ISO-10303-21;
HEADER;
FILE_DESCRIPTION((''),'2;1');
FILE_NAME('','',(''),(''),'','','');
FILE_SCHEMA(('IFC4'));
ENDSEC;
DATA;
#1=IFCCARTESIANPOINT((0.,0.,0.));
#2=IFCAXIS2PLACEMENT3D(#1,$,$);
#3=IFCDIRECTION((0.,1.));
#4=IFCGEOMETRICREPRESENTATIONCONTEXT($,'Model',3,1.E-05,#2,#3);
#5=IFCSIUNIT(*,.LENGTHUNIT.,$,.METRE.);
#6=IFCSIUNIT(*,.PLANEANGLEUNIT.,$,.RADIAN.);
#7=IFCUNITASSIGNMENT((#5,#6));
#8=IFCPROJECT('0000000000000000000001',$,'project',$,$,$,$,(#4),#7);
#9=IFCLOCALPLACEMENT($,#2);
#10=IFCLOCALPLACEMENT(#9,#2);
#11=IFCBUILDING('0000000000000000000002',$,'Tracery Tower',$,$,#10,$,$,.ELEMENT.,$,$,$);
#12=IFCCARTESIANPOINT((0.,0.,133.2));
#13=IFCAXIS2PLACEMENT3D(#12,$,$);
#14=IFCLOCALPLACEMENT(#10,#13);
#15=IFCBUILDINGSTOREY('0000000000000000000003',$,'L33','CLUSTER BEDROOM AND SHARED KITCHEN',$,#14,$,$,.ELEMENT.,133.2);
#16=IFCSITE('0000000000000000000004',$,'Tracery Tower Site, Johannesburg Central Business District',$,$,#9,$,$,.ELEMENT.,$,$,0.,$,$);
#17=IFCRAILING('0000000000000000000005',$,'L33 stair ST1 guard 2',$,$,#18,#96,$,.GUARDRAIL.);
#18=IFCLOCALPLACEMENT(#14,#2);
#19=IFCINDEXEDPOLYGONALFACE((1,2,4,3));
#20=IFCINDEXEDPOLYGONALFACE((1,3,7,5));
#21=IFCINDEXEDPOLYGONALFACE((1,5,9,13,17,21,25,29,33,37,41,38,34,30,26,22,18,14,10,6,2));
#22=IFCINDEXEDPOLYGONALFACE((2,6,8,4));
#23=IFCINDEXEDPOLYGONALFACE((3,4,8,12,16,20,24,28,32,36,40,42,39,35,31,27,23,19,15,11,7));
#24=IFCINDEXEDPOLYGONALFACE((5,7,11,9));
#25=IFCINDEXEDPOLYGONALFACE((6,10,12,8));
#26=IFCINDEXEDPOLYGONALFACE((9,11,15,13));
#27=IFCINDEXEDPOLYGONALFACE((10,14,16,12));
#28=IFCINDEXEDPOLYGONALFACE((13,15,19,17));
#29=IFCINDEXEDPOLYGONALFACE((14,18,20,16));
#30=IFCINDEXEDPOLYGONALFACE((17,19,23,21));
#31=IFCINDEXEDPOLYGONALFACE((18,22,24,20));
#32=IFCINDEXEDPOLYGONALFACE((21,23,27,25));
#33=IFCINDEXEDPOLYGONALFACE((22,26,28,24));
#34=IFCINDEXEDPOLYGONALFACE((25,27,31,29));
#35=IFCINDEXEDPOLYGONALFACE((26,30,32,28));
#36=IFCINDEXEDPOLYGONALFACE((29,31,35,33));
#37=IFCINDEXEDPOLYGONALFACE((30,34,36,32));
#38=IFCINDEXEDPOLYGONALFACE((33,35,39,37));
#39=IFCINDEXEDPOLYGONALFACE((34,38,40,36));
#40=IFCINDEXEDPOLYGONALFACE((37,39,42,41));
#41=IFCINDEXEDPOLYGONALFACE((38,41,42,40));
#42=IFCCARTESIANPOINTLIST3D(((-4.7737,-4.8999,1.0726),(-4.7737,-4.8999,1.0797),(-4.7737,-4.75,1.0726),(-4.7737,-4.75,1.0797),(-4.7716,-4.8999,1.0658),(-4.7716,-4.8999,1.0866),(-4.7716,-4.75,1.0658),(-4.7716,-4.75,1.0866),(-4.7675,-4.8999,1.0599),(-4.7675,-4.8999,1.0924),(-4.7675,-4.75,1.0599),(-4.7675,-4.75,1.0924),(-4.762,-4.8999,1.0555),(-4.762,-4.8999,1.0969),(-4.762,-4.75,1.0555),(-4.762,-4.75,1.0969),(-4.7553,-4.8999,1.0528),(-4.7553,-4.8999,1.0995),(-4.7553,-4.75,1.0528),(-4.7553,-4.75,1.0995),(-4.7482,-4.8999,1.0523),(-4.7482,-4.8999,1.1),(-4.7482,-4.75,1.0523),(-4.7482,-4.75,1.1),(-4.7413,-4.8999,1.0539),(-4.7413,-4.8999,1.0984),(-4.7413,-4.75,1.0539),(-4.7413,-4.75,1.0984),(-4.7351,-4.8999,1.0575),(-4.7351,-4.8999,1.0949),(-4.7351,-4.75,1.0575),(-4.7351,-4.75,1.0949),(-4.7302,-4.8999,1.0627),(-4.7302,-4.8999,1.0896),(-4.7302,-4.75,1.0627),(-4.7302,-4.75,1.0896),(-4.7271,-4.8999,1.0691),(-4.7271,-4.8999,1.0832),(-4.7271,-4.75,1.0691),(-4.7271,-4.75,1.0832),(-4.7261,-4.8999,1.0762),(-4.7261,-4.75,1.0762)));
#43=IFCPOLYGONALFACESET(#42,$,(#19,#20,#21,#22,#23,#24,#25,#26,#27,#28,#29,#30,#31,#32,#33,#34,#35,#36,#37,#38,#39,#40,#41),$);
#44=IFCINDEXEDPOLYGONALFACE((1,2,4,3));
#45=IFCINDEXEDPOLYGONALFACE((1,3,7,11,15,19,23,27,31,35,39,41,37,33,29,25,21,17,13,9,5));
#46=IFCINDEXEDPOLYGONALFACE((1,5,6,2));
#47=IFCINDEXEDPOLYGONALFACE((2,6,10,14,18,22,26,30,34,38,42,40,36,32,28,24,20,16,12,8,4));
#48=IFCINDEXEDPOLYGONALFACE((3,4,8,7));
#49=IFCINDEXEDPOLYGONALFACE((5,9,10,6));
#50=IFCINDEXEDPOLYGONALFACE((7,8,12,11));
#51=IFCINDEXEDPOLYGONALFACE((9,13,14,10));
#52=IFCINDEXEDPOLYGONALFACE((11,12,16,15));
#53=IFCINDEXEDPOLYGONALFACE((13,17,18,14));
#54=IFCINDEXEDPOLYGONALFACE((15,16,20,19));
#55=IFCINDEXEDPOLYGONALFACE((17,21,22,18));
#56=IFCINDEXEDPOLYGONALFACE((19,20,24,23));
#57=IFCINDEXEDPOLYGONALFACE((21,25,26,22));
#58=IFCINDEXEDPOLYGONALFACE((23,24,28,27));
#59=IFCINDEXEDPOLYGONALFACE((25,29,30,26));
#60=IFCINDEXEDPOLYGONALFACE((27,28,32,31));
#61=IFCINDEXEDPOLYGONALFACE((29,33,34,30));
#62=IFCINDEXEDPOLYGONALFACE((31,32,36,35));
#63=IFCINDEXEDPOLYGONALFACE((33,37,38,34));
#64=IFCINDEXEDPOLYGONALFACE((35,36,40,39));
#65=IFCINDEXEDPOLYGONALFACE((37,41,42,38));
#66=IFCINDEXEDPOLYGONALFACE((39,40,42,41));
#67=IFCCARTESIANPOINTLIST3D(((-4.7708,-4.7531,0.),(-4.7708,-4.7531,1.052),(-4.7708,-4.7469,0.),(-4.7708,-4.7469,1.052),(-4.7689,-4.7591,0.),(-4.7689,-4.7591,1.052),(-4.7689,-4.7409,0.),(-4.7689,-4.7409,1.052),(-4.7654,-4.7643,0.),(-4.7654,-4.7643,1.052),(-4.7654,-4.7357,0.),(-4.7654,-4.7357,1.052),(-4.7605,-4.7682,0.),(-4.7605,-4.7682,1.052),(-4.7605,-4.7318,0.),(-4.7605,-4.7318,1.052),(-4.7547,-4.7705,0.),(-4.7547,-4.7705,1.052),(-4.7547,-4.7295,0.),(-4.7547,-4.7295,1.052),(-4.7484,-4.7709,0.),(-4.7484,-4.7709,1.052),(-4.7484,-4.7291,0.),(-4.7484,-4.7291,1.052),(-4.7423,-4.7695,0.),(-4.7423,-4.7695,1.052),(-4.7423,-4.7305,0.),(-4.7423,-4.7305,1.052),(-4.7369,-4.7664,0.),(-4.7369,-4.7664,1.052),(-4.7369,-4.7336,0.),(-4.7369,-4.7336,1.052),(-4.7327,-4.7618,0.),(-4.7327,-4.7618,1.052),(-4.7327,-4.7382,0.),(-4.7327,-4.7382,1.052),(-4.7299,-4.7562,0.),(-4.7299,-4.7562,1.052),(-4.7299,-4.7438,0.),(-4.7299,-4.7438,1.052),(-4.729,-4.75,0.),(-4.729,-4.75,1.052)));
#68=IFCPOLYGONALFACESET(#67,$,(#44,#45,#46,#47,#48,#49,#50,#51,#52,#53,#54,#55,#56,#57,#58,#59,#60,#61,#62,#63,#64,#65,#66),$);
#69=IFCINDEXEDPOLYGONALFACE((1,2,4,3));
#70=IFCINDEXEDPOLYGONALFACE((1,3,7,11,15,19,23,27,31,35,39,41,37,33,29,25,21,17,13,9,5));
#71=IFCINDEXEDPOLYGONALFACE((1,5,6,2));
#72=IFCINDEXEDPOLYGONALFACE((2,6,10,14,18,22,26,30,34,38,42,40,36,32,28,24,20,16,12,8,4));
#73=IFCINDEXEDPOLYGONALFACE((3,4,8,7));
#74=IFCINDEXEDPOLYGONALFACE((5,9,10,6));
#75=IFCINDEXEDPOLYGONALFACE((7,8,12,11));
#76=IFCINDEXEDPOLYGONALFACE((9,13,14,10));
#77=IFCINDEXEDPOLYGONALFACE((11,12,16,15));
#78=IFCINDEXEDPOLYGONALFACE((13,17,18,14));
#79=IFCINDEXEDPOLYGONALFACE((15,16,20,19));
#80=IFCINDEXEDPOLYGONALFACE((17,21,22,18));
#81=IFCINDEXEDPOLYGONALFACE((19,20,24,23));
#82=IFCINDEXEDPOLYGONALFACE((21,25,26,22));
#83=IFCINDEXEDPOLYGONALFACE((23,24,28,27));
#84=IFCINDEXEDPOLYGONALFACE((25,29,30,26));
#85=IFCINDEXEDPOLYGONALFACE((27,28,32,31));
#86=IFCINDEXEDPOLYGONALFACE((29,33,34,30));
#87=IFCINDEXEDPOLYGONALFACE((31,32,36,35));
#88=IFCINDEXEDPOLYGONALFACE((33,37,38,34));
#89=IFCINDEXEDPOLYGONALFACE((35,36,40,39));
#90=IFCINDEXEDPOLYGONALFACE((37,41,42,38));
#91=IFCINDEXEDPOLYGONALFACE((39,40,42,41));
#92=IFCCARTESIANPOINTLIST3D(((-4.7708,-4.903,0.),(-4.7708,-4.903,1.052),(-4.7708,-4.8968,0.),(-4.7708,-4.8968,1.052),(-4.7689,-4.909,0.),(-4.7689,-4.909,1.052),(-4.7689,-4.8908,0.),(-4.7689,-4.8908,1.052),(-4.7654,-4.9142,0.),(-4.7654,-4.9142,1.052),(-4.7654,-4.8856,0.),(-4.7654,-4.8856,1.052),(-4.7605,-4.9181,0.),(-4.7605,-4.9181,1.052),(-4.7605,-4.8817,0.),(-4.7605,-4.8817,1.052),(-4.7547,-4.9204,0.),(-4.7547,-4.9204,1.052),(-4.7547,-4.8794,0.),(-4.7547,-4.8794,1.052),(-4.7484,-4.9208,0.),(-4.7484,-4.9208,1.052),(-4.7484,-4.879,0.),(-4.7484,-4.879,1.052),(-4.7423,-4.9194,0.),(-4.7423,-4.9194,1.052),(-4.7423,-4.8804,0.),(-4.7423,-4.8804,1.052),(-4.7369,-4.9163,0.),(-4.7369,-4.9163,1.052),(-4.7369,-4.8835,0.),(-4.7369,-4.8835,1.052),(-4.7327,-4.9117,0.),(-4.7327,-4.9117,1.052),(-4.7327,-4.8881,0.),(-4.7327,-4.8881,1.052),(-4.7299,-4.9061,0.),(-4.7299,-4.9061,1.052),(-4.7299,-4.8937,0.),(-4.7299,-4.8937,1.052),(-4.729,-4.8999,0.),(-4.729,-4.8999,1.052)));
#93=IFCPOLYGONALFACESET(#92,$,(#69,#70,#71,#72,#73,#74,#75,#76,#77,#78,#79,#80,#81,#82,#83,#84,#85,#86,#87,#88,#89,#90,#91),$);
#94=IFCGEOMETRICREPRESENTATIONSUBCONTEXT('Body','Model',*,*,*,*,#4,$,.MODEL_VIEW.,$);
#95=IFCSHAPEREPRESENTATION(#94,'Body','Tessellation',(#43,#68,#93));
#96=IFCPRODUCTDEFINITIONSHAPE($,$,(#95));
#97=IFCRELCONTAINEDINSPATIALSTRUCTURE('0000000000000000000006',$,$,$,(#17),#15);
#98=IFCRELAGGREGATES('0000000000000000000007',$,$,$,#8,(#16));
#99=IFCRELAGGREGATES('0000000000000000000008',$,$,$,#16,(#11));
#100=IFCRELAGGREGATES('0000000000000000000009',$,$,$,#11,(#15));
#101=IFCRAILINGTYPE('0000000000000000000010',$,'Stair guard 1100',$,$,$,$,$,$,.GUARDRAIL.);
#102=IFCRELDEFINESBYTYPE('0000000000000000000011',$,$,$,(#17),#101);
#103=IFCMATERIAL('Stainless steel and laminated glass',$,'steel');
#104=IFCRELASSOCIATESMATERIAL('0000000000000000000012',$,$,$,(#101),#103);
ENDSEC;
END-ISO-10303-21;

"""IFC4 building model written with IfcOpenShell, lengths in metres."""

from ifc_helpers import new_model, si_unit, direction, frame, origin, origin_2d, place, context, subcontext, project, spatial, circle, extrude, material, type_object, element, save


model = new_model("IFC4")

# Units and contexts
model_context = context("Model", 3, precision=1e-05, world=origin(), true_north=direction((0.0, 1.0)))
body_context = subcontext(model_context, "Body", "Model", "MODEL_VIEW")
ifc_project = project(units=[si_unit("LENGTHUNIT", "METRE"), si_unit("PLANEANGLEUNIT", "RADIAN")], contexts=[model_context])

# Site, building, storey
site_placement = place(None, origin())
site = spatial("IfcSite", under=ifc_project, at=site_placement, Name="Tracery Tower Site, Johannesburg Central Business District", CompositionType="ELEMENT", RefElevation=0.0)
building_placement = place(site_placement, origin())
building = spatial("IfcBuilding", under=site, at=building_placement, Name="Tracery Tower", CompositionType="ELEMENT")
storey_placement = place(building_placement, frame((0.0, 0.0, 133.2)))
storey = spatial("IfcBuildingStorey", under=building, at=storey_placement, Name="L33", Description="CLUSTER BEDROOM AND SHARED KITCHEN", CompositionType="ELEMENT", Elevation=133.2)

# Railing
ifc_material_1 = material(Name="Stainless steel and laminated glass", Category="steel")
railing_type_1 = type_object("IfcRailingType", Name="Stair guard 1100", PredefinedType="GUARDRAIL", material=ifc_material_1)
railing_1_placement = place(storey_placement, frame((-4.75, -4.75, 0.0)))
element("IfcRailing", 1, at=railing_1_placement, inside=storey, type_object=railing_type_1, Name="L33 stair ST1 guard 2", PredefinedType="GUARDRAIL", context=body_context, shape_type="SweptSolid", body=[
    extrude(circle(Radius=0.0239, at=origin_2d()), frame((0.0, 0.0, 1.0762), z_axis=(0.0, -1.0, 0.0), x_axis=(1.0, 0.0, 0.0)), (0.0, 0.0, 1.0), 0.1499),
    extrude(circle(Radius=0.021, at=origin_2d()), origin(), (0.0, 0.0, 1.0), 1.052),
    extrude(circle(Radius=0.021, at=origin_2d()), frame((0.0, -0.1499, 0.0)), (0.0, 0.0, 1.0), 1.052),
])

save(model, "model.ifc")
